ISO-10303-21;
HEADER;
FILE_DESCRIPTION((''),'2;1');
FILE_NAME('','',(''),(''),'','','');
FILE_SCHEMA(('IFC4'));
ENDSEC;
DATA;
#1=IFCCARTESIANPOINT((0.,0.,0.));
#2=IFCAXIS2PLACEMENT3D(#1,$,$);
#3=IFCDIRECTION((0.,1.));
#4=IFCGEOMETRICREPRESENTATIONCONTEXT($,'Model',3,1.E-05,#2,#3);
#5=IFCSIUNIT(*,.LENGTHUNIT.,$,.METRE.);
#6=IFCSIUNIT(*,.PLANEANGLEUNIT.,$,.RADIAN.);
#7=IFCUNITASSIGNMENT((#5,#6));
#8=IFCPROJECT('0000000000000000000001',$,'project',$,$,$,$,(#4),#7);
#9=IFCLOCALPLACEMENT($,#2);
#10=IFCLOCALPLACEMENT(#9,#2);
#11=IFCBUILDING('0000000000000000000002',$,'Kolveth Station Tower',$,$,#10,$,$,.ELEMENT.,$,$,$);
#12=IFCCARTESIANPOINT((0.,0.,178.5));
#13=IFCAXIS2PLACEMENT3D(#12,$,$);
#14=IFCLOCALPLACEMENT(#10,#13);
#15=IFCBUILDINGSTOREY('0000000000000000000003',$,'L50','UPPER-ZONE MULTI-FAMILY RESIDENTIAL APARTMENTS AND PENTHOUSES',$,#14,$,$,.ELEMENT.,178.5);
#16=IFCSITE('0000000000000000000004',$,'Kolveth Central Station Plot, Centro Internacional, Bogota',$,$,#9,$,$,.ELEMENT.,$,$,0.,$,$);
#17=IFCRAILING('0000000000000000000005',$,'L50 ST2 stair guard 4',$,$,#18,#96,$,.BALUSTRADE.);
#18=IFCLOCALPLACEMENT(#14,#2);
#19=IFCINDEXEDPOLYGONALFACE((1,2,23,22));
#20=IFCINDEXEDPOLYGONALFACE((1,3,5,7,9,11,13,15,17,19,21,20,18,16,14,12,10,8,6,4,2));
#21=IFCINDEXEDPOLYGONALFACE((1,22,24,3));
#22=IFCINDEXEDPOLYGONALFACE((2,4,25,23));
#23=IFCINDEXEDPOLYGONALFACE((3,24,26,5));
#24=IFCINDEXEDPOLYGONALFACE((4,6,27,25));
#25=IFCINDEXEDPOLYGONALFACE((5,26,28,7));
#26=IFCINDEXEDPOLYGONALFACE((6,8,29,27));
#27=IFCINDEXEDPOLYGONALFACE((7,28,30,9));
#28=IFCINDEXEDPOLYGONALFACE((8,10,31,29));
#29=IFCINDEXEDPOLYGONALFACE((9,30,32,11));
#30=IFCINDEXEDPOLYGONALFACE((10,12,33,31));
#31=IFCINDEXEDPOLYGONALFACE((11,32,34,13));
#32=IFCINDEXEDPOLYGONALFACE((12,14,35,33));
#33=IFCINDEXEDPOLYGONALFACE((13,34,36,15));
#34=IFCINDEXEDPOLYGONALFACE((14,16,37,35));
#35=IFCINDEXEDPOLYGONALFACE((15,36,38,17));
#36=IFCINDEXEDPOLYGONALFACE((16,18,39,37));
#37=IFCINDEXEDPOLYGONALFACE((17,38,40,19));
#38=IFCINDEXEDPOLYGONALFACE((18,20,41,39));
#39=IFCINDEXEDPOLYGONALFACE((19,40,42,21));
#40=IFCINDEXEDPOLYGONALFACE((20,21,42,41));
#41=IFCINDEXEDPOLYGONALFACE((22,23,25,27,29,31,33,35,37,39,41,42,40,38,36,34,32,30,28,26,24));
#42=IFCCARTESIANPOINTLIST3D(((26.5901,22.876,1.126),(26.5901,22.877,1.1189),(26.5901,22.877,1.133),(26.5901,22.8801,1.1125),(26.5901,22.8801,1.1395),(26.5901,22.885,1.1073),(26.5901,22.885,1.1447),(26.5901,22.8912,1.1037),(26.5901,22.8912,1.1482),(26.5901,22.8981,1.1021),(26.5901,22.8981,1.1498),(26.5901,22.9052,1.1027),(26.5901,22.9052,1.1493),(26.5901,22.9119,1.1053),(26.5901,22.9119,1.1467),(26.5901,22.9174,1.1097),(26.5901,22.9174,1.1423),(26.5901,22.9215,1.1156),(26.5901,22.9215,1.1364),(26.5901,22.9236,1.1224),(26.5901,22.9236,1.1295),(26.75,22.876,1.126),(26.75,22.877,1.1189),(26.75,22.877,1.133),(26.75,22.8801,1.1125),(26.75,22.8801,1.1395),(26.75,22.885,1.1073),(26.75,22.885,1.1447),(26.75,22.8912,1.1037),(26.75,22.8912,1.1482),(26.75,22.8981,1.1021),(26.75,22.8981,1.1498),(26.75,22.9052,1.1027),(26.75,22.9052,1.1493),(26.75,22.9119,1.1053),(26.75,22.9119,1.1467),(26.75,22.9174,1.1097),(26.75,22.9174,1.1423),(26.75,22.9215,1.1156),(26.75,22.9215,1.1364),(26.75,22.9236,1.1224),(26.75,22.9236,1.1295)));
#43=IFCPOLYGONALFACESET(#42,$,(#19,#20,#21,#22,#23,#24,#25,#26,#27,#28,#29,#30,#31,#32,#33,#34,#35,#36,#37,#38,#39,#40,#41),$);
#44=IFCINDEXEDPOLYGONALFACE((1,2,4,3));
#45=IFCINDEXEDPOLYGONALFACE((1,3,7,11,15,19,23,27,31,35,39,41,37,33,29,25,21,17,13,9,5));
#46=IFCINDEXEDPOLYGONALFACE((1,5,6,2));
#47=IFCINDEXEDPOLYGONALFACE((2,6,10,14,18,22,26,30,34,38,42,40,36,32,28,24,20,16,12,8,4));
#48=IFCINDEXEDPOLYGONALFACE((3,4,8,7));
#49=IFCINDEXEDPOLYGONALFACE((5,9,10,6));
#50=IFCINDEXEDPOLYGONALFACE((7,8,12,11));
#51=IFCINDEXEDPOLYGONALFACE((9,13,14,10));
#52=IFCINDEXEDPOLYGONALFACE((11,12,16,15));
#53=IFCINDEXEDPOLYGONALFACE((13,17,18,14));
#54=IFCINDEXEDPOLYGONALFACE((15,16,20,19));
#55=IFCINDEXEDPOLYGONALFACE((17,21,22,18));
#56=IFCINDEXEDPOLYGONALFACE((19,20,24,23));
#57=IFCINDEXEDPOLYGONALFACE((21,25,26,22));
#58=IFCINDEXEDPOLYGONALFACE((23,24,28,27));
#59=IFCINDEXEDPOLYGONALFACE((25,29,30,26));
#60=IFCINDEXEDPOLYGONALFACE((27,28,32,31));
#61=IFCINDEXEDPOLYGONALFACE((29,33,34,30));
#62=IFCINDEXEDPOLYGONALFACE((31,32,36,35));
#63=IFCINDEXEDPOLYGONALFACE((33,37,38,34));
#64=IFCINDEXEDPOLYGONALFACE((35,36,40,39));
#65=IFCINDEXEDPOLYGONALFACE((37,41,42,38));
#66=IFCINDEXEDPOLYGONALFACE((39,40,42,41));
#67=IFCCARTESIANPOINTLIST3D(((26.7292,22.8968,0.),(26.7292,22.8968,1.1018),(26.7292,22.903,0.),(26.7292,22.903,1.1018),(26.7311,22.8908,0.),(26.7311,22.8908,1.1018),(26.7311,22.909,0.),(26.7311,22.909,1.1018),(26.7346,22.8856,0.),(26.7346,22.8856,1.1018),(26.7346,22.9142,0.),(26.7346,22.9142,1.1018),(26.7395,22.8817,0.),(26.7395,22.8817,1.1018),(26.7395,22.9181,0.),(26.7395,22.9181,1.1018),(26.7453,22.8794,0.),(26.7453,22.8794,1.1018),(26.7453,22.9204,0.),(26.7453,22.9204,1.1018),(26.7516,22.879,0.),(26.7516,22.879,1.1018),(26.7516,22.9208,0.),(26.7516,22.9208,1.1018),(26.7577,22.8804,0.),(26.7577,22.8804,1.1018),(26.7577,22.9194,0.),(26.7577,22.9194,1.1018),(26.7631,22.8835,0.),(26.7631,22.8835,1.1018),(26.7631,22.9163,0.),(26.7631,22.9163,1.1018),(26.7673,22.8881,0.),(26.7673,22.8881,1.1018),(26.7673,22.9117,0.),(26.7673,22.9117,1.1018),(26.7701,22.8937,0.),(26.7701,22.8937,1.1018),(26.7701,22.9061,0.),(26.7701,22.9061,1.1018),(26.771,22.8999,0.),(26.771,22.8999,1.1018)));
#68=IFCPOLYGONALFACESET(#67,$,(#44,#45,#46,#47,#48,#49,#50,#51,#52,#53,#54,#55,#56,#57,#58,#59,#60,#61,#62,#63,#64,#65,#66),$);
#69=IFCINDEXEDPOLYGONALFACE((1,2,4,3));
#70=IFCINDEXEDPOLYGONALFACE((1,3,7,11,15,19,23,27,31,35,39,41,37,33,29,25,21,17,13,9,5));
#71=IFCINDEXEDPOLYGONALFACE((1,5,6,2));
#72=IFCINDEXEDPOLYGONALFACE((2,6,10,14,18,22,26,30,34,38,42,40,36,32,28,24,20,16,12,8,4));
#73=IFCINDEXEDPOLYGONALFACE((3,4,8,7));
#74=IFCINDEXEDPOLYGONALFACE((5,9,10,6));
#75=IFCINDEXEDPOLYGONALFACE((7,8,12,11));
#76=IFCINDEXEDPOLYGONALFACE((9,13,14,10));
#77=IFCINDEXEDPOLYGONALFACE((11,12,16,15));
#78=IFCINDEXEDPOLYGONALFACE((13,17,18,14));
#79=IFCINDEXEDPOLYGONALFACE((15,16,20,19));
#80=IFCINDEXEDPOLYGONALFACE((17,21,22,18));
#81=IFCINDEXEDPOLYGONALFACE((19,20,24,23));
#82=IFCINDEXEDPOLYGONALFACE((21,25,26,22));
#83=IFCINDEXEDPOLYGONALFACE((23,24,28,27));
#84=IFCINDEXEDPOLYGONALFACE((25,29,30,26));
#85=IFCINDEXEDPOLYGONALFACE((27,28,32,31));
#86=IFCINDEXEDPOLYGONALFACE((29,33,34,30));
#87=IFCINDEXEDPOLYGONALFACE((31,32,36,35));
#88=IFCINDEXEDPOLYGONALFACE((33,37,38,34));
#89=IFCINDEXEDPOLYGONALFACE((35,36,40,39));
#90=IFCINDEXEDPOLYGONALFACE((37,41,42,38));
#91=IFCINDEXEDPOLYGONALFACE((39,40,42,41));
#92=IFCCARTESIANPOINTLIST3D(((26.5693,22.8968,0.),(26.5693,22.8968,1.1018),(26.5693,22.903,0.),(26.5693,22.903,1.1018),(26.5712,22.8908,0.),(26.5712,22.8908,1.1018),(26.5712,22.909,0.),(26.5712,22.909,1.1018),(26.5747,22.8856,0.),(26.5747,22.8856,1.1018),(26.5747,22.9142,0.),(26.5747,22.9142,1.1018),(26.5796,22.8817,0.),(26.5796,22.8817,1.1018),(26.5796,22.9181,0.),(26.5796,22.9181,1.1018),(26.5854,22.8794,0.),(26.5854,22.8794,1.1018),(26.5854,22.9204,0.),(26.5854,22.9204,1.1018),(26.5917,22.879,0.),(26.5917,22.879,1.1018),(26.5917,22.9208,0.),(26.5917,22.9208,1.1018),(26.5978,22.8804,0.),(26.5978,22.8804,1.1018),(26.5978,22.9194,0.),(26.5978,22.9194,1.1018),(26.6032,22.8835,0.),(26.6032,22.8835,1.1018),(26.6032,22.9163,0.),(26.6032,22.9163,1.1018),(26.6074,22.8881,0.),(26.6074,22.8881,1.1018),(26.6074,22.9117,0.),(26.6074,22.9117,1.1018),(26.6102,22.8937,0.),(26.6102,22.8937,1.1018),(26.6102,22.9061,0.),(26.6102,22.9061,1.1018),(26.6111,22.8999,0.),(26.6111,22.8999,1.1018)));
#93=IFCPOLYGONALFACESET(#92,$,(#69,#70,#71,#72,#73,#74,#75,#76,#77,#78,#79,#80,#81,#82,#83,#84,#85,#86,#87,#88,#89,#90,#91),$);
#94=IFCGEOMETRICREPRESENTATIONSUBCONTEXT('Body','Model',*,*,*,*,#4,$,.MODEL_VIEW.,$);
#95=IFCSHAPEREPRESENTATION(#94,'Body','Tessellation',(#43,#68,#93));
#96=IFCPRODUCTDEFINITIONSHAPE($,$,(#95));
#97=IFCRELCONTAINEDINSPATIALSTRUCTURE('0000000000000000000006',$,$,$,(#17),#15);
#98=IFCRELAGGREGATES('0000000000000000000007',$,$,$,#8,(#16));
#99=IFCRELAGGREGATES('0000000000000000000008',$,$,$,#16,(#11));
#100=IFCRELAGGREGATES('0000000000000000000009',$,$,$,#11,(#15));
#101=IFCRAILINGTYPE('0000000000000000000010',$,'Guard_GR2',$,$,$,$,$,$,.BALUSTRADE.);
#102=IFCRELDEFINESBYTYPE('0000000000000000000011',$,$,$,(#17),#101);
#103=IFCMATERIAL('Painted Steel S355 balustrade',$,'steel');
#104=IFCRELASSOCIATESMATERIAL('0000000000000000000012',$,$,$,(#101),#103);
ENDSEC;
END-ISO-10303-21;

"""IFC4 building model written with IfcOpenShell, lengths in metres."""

from ifc_helpers import new_model, si_unit, direction, frame, origin, origin_2d, place, context, subcontext, project, spatial, circle, extrude, material, type_object, element, save


model = new_model("IFC4")

# Units and contexts
model_context = context("Model", 3, precision=1e-05, world=origin(), true_north=direction((0.0, 1.0)))
body_context = subcontext(model_context, "Body", "Model", "MODEL_VIEW")
ifc_project = project(units=[si_unit("LENGTHUNIT", "METRE"), si_unit("PLANEANGLEUNIT", "RADIAN")], contexts=[model_context])

# Site, building, storey
site_placement = place(None, origin())
site = spatial("IfcSite", under=ifc_project, at=site_placement, Name="Kolveth Central Station Plot, Centro Internacional, Bogota", CompositionType="ELEMENT", RefElevation=0.0)
building_placement = place(site_placement, origin())
building = spatial("IfcBuilding", under=site, at=building_placement, Name="Kolveth Station Tower", CompositionType="ELEMENT")
storey_placement = place(building_placement, frame((0.0, 0.0, 178.5)))
storey = spatial("IfcBuildingStorey", under=building, at=storey_placement, Name="L50", Description="UPPER-ZONE MULTI-FAMILY RESIDENTIAL APARTMENTS AND PENTHOUSES", CompositionType="ELEMENT", Elevation=178.5)

# Railing
ifc_material_1 = material(Name="Painted Steel S355 balustrade", Category="steel")
railing_type_1 = type_object("IfcRailingType", Name="Guard_GR2", PredefinedType="BALUSTRADE", material=ifc_material_1)
railing_placement = place(storey_placement, frame((26.75, 22.8999, 0.0)))
element("IfcRailing", 1, at=railing_placement, inside=storey, type_object=railing_type_1, Name="L50 ST2 stair guard 4", PredefinedType="BALUSTRADE", context=body_context, shape_type="SweptSolid", body=[
    extrude(circle(Radius=0.0239, at=origin_2d()), frame((0.0, 0.0, 1.126), z_axis=(-1.0, 0.0, 0.0), x_axis=(0.0, -1.0, 0.0)), (0.0, 0.0, 1.0), 0.1599),
    extrude(circle(Radius=0.021, at=origin_2d()), origin(), (0.0, 0.0, 1.0), 1.1018),
    extrude(circle(Radius=0.021, at=origin_2d()), frame((-0.1599, 0.0, 0.0)), (0.0, 0.0, 1.0), 1.1018),
])

save(model, "model.ifc")
